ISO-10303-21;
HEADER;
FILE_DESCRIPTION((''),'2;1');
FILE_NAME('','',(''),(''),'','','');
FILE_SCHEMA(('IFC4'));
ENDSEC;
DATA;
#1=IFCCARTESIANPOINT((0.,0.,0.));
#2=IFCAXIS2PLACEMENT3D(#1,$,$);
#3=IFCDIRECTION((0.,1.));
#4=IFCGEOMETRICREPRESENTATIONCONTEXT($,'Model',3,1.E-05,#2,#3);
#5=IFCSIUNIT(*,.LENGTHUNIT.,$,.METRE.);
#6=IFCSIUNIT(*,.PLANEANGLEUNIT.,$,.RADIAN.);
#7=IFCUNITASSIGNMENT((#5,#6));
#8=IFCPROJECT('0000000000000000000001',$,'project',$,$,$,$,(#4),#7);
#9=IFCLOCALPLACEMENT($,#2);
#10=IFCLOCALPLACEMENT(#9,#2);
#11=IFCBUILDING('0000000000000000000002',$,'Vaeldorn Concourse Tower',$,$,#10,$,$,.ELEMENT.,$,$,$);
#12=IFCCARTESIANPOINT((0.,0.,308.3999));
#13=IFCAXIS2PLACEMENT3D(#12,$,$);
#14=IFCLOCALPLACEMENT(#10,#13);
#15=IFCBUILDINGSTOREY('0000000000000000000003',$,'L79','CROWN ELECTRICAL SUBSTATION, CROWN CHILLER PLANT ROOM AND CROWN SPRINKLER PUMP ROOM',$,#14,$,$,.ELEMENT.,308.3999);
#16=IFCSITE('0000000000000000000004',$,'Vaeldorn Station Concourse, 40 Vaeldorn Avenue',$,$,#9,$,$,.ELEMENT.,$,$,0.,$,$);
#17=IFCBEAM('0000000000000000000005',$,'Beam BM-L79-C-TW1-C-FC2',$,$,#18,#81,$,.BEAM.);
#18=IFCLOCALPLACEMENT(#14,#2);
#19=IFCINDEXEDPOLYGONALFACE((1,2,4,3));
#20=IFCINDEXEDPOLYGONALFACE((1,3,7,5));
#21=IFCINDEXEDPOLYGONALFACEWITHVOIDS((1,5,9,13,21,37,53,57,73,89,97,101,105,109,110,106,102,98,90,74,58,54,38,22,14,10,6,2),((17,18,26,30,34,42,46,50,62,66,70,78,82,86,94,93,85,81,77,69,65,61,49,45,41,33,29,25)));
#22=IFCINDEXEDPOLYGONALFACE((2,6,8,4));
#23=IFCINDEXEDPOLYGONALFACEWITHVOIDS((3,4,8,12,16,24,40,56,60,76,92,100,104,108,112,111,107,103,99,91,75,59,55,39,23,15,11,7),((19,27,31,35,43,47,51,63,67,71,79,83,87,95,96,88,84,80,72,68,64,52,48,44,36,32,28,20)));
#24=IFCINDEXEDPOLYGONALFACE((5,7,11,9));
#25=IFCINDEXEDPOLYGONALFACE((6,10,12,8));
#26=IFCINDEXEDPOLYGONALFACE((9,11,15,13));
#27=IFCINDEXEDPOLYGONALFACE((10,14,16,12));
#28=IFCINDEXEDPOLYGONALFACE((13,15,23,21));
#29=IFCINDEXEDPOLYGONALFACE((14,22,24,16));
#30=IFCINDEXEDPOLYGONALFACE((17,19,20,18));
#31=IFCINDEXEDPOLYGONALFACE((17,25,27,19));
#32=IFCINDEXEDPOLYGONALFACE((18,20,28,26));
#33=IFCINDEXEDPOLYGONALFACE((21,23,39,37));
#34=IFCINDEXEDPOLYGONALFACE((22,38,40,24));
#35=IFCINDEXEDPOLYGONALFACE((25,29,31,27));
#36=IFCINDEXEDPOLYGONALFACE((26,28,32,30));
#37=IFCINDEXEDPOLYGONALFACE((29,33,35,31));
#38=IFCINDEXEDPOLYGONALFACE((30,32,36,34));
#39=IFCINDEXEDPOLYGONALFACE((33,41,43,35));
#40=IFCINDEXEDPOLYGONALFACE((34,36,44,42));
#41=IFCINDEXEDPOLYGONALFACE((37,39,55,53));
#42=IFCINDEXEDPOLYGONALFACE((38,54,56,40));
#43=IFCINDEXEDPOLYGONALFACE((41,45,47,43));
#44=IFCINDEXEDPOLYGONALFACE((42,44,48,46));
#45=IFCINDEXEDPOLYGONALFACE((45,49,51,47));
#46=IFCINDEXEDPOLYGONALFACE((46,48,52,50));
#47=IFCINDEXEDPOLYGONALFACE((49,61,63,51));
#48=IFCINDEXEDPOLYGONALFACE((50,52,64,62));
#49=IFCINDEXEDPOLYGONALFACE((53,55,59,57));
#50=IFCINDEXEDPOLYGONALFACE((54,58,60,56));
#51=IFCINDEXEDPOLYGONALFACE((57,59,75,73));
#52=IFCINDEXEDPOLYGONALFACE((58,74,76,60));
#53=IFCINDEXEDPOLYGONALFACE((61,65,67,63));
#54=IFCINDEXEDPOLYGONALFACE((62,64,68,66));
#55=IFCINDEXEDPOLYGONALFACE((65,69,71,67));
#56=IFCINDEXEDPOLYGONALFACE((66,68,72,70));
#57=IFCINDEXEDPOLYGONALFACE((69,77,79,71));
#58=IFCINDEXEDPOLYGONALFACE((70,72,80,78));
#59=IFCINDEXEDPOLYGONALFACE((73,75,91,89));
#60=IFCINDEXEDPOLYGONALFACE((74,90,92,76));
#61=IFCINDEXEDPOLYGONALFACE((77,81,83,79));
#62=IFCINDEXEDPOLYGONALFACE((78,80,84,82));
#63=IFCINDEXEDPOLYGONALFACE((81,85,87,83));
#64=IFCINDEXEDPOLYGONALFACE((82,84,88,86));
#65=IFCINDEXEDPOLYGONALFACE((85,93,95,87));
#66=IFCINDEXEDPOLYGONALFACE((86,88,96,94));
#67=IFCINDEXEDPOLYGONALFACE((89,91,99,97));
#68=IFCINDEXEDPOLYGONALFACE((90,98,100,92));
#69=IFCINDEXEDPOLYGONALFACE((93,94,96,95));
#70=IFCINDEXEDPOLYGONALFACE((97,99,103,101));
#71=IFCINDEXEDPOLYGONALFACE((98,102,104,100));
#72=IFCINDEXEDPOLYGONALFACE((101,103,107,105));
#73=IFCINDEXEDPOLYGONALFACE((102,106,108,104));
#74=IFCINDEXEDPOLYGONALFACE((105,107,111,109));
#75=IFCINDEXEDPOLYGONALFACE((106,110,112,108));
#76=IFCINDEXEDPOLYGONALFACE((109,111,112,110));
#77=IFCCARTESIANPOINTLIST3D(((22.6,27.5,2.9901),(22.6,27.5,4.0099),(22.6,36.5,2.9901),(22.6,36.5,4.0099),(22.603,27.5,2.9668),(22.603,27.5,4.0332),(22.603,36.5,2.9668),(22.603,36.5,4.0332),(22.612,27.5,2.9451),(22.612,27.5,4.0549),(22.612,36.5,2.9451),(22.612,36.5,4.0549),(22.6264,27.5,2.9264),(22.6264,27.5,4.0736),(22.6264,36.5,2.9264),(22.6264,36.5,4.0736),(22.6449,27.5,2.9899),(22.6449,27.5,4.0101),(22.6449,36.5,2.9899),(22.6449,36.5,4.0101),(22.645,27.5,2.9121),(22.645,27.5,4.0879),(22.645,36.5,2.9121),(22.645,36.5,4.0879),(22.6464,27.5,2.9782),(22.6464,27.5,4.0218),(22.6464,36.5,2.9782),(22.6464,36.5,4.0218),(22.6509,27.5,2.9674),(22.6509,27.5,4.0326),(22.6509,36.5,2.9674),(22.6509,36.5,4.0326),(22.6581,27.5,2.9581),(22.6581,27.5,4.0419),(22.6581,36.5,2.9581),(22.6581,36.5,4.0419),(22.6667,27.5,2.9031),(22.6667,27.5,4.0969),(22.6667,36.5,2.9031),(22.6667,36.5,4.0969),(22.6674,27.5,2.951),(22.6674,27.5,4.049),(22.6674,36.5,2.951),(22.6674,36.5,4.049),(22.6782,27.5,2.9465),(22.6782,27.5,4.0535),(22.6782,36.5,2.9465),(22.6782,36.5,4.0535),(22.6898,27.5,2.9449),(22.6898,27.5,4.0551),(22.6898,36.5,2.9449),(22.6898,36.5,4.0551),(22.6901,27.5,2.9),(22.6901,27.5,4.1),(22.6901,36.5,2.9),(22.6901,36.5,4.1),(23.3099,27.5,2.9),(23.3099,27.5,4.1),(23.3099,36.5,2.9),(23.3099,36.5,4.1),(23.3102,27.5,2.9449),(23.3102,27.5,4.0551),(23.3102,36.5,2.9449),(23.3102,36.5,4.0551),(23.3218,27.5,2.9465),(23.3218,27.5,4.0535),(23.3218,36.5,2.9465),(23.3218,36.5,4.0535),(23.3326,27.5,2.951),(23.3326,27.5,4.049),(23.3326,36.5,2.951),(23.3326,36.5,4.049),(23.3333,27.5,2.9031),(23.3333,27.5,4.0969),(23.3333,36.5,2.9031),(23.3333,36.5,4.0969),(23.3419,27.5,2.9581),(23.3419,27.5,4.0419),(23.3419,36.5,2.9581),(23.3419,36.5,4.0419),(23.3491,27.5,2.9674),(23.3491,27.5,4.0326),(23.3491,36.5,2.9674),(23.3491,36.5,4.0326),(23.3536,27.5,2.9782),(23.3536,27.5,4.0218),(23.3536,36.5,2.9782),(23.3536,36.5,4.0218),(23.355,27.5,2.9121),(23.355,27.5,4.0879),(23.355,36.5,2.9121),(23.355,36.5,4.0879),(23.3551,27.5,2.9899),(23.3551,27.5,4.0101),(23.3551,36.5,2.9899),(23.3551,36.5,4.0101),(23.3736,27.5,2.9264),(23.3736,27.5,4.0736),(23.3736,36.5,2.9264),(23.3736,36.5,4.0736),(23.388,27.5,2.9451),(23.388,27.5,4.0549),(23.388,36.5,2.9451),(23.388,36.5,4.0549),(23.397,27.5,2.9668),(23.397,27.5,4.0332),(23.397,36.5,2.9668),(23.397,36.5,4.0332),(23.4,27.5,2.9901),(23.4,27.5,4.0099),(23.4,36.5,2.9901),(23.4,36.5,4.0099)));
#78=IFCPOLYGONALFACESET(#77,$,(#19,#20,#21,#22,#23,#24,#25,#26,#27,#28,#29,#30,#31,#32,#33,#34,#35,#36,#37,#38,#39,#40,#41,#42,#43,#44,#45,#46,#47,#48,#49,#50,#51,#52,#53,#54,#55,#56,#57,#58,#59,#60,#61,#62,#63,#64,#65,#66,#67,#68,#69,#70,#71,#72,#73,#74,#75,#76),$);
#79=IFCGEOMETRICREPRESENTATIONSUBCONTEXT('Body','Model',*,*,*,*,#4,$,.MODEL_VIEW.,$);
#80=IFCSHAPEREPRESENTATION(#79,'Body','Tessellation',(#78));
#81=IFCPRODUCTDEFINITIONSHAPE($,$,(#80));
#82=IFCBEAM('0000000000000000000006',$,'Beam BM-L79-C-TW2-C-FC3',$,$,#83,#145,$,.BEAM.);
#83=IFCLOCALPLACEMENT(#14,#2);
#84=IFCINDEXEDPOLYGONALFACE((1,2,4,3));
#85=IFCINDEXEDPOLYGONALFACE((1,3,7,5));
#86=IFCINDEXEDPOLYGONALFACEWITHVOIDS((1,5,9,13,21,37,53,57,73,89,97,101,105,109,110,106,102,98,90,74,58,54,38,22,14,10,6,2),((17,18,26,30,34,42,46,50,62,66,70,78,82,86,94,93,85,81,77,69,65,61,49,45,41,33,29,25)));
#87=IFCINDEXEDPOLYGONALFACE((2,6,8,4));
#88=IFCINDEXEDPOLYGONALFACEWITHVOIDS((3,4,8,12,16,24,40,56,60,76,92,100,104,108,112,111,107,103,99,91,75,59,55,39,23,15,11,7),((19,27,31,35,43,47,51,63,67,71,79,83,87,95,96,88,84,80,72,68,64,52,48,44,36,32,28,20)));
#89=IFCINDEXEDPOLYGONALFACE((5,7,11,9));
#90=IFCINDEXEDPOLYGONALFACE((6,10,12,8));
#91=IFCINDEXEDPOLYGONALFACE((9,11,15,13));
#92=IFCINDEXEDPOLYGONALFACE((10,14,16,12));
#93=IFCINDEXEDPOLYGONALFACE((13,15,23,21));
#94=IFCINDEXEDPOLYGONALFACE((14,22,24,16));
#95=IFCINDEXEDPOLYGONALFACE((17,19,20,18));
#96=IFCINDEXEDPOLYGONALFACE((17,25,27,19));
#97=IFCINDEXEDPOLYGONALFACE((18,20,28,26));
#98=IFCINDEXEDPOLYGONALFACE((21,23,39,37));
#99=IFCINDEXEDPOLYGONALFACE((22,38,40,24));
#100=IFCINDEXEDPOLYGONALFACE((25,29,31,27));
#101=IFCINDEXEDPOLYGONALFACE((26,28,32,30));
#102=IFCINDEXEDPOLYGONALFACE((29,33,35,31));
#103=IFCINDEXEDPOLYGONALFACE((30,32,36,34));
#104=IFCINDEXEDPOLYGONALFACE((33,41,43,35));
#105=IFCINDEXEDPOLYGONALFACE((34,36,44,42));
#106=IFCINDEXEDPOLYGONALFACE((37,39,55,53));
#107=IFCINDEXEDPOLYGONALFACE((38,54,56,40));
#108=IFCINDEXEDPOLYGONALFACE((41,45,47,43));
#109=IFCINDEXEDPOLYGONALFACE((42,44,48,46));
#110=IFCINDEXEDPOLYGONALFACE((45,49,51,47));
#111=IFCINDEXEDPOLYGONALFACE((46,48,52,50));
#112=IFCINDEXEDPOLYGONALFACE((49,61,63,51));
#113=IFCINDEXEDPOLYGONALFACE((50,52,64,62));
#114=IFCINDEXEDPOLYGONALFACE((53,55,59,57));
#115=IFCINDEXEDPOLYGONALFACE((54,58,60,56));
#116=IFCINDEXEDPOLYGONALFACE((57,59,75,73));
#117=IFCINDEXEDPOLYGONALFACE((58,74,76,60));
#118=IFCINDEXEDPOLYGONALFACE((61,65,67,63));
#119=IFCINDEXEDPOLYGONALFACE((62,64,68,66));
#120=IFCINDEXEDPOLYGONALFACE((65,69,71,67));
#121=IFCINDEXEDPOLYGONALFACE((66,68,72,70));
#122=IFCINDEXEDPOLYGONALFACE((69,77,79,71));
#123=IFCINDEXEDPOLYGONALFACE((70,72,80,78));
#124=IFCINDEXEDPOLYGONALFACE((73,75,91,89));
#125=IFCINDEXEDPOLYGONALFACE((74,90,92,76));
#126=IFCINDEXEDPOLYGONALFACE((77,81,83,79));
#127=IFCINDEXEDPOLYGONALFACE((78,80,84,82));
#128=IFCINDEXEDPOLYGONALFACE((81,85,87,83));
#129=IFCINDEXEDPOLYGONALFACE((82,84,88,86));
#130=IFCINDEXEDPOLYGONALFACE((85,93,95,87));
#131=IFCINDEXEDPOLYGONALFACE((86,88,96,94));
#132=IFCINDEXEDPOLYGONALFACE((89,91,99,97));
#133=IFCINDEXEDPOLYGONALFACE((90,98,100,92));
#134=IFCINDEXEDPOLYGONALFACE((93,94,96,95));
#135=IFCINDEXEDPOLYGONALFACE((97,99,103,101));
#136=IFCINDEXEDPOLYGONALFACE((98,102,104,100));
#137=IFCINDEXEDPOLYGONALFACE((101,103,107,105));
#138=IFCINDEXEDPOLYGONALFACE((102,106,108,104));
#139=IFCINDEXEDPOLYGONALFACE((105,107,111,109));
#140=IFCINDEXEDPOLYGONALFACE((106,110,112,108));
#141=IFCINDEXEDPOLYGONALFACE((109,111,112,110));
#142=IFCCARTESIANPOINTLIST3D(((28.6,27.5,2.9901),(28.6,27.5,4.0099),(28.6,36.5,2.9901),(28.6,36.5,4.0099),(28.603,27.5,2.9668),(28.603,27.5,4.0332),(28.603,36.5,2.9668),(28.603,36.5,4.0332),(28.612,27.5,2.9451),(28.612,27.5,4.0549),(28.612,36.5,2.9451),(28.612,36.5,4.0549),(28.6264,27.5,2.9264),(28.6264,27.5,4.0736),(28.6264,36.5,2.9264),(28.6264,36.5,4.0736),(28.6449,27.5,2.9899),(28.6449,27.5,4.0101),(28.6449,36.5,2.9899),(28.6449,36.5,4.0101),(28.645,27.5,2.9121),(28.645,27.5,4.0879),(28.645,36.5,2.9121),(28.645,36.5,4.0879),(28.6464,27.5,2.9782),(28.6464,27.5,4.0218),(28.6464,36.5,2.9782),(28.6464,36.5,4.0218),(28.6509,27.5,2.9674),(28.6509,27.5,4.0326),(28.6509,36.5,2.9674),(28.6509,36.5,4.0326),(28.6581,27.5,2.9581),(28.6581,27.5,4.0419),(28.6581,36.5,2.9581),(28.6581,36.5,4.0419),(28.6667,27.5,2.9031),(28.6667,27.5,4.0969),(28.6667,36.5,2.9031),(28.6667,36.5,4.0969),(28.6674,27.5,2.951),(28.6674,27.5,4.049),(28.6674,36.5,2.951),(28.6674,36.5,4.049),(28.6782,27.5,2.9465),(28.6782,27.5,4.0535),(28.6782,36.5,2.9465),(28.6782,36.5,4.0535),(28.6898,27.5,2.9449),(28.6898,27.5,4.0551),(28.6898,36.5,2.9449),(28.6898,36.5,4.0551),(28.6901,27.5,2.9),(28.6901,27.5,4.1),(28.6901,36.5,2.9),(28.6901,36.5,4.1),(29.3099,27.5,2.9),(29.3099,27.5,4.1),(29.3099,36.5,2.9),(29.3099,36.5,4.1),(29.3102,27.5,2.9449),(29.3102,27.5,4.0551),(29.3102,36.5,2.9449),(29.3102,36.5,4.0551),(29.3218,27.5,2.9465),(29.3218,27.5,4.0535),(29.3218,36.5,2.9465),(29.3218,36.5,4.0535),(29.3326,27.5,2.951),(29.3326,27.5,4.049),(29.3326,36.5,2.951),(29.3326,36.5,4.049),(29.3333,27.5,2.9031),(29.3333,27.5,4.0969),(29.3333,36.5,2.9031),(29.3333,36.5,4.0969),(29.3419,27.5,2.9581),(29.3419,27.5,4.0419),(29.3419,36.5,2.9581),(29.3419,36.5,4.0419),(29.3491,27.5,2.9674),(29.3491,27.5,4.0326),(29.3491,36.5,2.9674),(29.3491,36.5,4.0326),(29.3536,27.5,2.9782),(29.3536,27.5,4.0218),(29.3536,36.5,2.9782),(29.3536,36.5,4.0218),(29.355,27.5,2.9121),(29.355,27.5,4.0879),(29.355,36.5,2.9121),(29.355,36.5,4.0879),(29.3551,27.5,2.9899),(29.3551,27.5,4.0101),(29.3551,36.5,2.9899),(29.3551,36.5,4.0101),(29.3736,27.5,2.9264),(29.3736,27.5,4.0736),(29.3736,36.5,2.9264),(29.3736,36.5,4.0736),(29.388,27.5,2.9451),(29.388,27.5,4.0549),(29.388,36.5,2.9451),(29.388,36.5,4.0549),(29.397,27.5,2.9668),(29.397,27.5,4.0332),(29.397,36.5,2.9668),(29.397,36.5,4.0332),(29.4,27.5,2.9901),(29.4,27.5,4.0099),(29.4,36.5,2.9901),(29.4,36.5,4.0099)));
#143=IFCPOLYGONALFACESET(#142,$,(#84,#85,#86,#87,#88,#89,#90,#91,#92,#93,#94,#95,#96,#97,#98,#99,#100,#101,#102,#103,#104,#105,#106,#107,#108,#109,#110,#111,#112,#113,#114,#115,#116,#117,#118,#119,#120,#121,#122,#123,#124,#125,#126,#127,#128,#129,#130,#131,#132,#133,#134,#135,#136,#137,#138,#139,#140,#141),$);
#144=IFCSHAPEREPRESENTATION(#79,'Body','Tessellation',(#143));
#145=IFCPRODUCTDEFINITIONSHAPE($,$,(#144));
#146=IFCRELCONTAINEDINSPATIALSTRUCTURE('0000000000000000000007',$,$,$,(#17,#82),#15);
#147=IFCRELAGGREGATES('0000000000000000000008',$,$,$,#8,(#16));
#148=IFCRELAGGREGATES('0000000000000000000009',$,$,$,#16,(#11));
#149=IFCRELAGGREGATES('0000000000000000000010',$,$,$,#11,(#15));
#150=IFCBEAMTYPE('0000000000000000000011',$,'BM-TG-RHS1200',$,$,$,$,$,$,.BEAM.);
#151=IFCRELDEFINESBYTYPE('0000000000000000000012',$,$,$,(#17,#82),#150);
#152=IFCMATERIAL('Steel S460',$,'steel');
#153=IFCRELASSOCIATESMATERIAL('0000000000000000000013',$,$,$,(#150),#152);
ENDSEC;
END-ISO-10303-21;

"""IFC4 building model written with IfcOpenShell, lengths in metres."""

from ifc_helpers import new_model, si_unit, direction, frame, origin, origin_2d, place, context, subcontext, project, spatial, hollow_rectangle, extrude, source, transform, mapped, material, material_profile, profile_set, type_object, element, save


model = new_model("IFC4")

# Units and contexts
model_context = context("Model", 3, precision=1e-05, world=origin(), true_north=direction((0.0, 1.0)))
body_context = subcontext(model_context, "Body", "Model", "MODEL_VIEW")
ifc_project = project(units=[si_unit("LENGTHUNIT", "METRE"), si_unit("PLANEANGLEUNIT", "RADIAN")], contexts=[model_context])

# Site, building, storey
site_placement = place(None, origin())
site = spatial("IfcSite", under=ifc_project, at=site_placement, Name="Vaeldorn Station Concourse, 40 Vaeldorn Avenue", CompositionType="ELEMENT", RefElevation=0.0)
building_placement = place(site_placement, origin())
building = spatial("IfcBuilding", under=site, at=building_placement, Name="Vaeldorn Concourse Tower", CompositionType="ELEMENT")
storey_placement = place(building_placement, frame((0.0, 0.0, 308.3999)))
storey = spatial("IfcBuildingStorey", under=building, at=storey_placement, Name="L79", Description="CROWN ELECTRICAL SUBSTATION, CROWN CHILLER PLANT ROOM AND CROWN SPRINKLER PUMP ROOM", CompositionType="ELEMENT", Elevation=308.3999)

# Beams
ifc_material_1 = material(Name="Steel S460", Category="steel")
ifc_material_profile_1 = material_profile(ifc_material_1, hollow_rectangle(XDim=0.8, YDim=1.2, WallThickness=0.0449, InnerFilletRadius=0.0449, OuterFilletRadius=0.0901, at=origin_2d()), Name="RHS 1200x800x45")
ifc_profile_set_1 = profile_set([ifc_material_profile_1], Name="Steel S460")
beam_type_1 = type_object("IfcBeamType", Name="BM-TG-RHS1200", PredefinedType="BEAM", material=ifc_profile_set_1)
shared_shape_1 = source(origin(), body_context, "Body", "SweptSolid", [
    extrude(hollow_rectangle(XDim=0.8, YDim=1.2, WallThickness=0.0449, InnerFilletRadius=0.0449, OuterFilletRadius=0.0901, at=origin_2d()), origin(), (0.0, 0.0, 1.0), 9.0),
])
for number, where, z_axis, x_axis, name in (
    (1, (23.0, 27.5, 3.5), (0.0, 1.0, 0.0), (-1.0, 0.0, 0.0), "Beam BM-L79-C-TW1-C-FC2"),
    (2, (29.0, 27.5, 3.5), (0.0, 1.0, 0.0), (-1.0, 0.0, 0.0), "Beam BM-L79-C-TW2-C-FC3"),
):
    element("IfcBeam", number, at=place(storey_placement, frame(where, z_axis=z_axis, x_axis=x_axis)), inside=storey, type_object=beam_type_1, Name=name, PredefinedType="BEAM", context=body_context, shape_type="MappedRepresentation", body=[
        mapped(shared_shape_1, transform((0.0, 0.0, 0.0), scale=1.0)),
    ])

save(model, "model.ifc")
